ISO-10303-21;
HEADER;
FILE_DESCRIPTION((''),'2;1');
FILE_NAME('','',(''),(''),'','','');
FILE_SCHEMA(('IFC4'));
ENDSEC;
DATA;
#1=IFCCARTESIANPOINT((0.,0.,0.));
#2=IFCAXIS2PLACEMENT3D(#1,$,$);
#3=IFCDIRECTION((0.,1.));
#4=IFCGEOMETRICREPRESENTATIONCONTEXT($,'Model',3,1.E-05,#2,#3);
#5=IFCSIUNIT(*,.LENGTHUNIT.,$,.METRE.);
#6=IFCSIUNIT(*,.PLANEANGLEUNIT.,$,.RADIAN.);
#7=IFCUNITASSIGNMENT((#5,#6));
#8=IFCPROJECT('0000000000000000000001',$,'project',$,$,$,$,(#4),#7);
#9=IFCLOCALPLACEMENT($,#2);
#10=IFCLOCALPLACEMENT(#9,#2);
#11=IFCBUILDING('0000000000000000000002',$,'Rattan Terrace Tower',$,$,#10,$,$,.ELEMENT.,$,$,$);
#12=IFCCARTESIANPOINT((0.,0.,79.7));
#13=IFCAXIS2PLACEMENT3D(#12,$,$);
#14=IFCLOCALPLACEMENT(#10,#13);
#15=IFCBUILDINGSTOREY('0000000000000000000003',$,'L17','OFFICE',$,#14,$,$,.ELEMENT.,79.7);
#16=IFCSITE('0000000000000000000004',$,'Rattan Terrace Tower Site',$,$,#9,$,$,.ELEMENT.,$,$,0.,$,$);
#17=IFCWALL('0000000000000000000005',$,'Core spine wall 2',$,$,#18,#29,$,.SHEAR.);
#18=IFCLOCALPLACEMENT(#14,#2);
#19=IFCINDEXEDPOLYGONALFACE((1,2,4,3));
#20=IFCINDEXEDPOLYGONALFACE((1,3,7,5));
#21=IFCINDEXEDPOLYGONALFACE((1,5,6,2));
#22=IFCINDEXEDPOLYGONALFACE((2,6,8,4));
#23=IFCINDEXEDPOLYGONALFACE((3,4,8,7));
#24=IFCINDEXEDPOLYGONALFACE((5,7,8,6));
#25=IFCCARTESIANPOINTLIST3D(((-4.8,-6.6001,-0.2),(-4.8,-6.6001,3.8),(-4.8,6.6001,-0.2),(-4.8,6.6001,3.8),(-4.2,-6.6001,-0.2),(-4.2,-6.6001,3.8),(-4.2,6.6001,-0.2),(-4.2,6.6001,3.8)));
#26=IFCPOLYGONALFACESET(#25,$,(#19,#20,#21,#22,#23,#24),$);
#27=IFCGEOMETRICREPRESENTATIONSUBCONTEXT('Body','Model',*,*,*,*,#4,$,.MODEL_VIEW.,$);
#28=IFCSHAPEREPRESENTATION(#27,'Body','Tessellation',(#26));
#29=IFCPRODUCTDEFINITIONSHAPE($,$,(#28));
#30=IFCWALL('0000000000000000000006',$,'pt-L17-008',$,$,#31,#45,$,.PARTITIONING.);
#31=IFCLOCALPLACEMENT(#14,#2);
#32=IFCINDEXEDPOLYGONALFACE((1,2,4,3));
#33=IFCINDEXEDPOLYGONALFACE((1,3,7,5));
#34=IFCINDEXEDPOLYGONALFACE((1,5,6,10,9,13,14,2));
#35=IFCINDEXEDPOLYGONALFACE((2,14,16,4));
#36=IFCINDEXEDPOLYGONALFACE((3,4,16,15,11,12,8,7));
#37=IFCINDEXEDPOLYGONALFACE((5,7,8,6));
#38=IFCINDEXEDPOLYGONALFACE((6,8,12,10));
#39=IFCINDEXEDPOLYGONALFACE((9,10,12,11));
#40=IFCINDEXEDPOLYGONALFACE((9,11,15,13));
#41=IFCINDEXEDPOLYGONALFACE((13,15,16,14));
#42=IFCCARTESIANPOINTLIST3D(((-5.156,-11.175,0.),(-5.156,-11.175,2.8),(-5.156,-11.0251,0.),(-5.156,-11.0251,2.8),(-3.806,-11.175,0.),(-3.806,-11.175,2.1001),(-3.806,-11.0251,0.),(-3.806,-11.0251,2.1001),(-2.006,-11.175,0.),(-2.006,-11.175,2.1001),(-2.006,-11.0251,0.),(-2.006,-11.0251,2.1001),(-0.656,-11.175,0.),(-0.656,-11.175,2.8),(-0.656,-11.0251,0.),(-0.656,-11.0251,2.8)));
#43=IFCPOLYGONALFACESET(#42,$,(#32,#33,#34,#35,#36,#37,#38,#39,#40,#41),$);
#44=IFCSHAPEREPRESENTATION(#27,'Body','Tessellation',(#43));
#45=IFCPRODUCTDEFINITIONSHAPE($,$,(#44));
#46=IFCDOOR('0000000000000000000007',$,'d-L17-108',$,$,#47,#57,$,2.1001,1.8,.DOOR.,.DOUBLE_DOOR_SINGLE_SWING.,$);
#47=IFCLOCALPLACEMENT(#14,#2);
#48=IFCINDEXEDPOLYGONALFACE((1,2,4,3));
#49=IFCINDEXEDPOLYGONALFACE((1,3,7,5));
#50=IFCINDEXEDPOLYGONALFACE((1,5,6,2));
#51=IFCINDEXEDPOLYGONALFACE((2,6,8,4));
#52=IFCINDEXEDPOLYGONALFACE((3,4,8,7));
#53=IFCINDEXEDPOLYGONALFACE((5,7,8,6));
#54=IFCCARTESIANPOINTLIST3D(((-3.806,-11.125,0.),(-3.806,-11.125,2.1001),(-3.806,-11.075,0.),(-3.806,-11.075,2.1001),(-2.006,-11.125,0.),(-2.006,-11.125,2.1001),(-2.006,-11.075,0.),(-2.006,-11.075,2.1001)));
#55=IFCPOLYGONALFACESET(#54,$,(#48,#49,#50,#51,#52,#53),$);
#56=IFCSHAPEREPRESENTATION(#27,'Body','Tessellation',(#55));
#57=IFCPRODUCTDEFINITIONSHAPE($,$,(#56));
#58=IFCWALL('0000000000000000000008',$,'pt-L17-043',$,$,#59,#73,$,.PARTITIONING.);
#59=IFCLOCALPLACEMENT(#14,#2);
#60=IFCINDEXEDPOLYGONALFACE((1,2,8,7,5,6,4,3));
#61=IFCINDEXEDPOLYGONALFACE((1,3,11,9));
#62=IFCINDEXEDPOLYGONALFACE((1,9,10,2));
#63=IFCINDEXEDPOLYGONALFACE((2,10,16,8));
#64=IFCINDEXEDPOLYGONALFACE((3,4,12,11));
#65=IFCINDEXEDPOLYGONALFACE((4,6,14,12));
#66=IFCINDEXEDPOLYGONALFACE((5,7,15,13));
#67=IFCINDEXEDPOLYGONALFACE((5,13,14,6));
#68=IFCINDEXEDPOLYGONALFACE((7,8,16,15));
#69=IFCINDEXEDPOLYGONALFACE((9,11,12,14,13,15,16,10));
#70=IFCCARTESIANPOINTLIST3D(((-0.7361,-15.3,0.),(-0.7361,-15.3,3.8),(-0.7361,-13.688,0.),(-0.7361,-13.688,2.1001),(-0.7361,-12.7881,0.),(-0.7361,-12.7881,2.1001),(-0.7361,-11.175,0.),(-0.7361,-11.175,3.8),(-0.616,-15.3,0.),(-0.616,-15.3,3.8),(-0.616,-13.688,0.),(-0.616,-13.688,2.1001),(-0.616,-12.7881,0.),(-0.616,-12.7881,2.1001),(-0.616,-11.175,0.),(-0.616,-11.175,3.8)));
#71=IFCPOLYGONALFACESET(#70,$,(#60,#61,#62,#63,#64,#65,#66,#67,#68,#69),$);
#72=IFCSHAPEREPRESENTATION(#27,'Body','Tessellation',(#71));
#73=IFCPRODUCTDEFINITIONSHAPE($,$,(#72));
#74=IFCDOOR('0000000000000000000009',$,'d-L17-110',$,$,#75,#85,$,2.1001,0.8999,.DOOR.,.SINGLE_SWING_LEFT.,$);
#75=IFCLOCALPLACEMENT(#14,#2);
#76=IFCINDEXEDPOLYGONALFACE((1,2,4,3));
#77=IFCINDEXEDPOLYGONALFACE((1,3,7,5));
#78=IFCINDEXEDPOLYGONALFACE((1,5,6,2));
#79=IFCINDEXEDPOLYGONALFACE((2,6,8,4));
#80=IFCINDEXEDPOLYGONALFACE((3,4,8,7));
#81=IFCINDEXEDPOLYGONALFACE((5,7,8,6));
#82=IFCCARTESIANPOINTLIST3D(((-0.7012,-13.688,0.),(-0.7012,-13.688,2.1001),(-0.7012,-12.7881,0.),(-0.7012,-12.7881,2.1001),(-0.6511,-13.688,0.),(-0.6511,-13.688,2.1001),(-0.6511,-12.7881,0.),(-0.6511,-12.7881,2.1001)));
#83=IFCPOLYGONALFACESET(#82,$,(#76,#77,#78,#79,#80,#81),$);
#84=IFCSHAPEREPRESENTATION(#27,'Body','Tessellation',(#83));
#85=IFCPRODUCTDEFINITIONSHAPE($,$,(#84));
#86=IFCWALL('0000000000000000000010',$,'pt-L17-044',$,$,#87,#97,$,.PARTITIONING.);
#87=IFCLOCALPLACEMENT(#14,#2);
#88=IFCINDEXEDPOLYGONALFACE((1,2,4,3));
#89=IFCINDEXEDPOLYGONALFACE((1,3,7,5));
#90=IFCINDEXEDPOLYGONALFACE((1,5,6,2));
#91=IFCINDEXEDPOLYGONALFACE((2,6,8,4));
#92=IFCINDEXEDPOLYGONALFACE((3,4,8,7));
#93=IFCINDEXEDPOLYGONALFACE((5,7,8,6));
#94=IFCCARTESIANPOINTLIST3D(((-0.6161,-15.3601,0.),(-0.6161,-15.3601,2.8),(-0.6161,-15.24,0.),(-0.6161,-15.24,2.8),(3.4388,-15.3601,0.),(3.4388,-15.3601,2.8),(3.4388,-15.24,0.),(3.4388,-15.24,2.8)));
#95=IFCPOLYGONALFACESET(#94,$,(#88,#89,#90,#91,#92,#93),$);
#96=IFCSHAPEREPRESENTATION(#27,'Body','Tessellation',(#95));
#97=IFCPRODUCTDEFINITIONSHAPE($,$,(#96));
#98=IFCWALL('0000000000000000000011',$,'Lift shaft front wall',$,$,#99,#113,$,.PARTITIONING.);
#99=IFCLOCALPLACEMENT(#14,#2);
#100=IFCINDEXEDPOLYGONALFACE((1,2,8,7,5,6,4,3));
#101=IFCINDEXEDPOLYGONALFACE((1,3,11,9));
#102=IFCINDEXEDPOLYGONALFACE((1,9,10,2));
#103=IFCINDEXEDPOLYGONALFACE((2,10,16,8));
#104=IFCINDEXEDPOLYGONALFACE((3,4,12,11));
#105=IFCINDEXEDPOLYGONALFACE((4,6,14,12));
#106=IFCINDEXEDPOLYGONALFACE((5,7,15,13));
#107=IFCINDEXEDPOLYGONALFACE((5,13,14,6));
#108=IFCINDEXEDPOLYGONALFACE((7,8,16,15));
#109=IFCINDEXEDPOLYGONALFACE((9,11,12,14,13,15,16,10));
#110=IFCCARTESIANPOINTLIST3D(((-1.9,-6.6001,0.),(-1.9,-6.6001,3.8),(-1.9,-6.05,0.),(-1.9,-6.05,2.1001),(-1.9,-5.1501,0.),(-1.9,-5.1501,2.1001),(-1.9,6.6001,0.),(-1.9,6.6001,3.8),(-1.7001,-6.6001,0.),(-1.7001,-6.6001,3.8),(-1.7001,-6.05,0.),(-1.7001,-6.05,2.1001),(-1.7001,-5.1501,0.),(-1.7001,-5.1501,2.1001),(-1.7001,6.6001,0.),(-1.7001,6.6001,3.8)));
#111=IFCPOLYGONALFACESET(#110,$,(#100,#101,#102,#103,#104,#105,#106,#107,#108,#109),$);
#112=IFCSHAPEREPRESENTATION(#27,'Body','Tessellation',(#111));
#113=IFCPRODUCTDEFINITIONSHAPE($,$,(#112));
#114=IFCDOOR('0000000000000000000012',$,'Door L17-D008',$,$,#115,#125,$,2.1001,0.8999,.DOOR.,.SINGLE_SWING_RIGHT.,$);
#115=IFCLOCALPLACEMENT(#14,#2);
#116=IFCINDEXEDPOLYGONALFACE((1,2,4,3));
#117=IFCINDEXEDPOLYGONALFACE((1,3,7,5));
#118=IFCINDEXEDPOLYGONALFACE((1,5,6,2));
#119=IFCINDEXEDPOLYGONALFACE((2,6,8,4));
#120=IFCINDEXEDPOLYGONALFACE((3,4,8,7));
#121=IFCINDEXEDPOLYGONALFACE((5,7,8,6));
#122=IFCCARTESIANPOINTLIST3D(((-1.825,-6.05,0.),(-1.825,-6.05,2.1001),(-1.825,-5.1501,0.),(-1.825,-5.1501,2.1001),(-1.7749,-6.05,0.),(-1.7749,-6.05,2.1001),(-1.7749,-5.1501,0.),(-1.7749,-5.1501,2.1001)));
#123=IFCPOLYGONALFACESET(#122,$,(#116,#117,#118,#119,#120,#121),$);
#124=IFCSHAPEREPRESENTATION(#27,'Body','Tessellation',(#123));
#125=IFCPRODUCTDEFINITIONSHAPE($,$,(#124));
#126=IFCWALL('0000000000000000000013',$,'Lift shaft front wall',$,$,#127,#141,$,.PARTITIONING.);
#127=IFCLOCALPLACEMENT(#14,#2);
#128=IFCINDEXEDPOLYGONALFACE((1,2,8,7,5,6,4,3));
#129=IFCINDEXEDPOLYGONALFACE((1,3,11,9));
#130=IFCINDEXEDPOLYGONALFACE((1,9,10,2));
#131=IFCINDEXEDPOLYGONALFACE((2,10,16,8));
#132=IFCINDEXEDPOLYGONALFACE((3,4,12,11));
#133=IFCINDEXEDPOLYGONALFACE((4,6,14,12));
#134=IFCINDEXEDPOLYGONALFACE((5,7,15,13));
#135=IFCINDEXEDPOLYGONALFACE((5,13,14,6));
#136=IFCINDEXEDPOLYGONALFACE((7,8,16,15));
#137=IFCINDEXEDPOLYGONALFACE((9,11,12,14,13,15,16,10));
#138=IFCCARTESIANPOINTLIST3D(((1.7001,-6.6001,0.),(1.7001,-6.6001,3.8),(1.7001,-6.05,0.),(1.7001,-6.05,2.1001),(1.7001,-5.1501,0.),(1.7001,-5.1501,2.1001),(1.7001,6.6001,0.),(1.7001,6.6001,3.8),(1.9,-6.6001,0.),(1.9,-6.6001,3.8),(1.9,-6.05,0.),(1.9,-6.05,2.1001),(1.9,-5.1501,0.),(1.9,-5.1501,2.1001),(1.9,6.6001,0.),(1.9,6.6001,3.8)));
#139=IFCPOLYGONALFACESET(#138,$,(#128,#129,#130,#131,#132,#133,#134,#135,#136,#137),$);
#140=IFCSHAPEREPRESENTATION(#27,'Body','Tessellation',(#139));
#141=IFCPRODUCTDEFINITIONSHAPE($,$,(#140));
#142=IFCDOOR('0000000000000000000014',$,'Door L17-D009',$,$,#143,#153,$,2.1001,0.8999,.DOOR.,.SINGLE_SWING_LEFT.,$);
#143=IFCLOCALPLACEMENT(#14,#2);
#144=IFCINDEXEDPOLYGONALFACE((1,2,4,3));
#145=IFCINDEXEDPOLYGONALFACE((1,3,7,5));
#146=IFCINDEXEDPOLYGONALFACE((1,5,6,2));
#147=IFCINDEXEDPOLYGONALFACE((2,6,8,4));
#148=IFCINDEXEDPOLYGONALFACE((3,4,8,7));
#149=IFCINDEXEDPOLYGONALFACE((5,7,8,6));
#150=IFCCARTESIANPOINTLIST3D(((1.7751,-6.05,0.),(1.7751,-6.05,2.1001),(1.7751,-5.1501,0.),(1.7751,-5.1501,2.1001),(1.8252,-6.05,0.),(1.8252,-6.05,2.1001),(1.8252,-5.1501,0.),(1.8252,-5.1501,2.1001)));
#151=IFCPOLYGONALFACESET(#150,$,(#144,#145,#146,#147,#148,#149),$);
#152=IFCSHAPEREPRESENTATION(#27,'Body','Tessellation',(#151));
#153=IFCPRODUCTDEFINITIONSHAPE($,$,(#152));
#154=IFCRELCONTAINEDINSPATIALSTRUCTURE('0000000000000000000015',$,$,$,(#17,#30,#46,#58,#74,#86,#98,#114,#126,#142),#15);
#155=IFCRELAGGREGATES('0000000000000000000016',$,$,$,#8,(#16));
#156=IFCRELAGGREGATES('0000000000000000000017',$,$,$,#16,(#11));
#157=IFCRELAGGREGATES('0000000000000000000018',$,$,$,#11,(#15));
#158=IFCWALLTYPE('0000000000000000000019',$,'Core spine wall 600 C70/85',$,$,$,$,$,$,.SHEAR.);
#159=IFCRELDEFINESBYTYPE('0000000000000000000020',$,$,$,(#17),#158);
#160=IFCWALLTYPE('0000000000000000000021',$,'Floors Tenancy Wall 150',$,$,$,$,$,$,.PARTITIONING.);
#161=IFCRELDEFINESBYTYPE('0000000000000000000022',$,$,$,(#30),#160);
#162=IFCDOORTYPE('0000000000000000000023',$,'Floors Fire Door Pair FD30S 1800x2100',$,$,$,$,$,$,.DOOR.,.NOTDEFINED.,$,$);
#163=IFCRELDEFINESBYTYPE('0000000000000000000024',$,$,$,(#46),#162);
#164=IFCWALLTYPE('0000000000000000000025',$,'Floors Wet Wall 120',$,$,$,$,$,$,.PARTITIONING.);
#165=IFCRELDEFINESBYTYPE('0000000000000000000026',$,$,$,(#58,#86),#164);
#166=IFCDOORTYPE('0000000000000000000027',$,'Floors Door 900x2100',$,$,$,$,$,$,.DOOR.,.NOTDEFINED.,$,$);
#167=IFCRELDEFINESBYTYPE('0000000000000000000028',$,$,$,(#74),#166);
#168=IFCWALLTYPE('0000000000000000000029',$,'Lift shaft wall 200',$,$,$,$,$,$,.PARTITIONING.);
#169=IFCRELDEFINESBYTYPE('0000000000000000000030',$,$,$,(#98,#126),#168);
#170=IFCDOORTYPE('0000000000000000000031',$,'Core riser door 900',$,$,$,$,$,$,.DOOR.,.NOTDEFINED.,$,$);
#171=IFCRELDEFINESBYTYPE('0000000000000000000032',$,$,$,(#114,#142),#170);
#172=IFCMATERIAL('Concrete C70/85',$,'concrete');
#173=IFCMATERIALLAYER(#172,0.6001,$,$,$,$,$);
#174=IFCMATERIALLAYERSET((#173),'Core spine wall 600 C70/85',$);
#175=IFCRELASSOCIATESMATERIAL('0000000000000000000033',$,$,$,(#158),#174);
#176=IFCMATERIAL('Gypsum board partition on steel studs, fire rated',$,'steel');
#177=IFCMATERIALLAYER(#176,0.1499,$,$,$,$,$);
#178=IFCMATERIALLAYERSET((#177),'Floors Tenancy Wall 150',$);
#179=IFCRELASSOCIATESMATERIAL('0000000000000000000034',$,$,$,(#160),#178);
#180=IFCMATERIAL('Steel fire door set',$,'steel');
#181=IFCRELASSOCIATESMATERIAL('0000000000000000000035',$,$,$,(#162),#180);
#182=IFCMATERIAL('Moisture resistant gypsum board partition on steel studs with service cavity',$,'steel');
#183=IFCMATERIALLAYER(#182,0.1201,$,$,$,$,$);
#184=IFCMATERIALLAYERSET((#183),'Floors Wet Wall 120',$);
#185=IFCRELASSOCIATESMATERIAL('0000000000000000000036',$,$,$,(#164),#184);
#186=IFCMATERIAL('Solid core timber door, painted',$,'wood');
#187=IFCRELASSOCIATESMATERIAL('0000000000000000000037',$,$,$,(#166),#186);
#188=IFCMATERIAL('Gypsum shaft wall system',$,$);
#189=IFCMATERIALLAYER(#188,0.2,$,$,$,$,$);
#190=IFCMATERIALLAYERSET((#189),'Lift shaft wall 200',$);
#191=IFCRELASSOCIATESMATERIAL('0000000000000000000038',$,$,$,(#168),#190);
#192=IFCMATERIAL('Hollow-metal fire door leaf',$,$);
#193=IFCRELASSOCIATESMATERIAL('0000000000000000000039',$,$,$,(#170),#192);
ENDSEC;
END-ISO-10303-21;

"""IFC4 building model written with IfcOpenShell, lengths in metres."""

from ifc_helpers import new_model, si_unit, direction, frame, frame_2d, origin, place, context, subcontext, project, spatial, rectangle, extrude, material, layer, layer_set, type_object, element, fill, save


model = new_model("IFC4")

# Units and contexts
model_context = context("Model", 3, precision=1e-05, world=origin(), true_north=direction((0.0, 1.0)))
body_context = subcontext(model_context, "Body", "Model", "MODEL_VIEW")
ifc_project = project(units=[si_unit("LENGTHUNIT", "METRE"), si_unit("PLANEANGLEUNIT", "RADIAN")], contexts=[model_context])

# Site, building, storey
site_placement = place(None, origin())
site = spatial("IfcSite", under=ifc_project, at=site_placement, Name="Rattan Terrace Tower Site", CompositionType="ELEMENT", RefElevation=0.0)
building_placement = place(site_placement, origin())
building = spatial("IfcBuilding", under=site, at=building_placement, Name="Rattan Terrace Tower", CompositionType="ELEMENT")
storey_placement = place(building_placement, frame((0.0, 0.0, 79.7)))
storey = spatial("IfcBuildingStorey", under=building, at=storey_placement, Name="L17", Description="OFFICE", CompositionType="ELEMENT", Elevation=79.7)

# Wall
ifc_material_1 = material(Name="Concrete C70/85", Category="concrete")
ifc_layer_1 = layer(ifc_material_1, 0.6001)
ifc_layer_set_1 = layer_set([ifc_layer_1], Name="Core spine wall 600 C70/85")
wall_type_1 = type_object("IfcWallType", Name="Core spine wall 600 C70/85", PredefinedType="SHEAR", material=ifc_layer_set_1)
wall_1_placement = place(storey_placement, frame((-4.5, -6.6001, -0.2), z_axis=(0.0, 0.0, 1.0), x_axis=(0.0, 1.0, 0.0)))
element("IfcWall", 1, at=wall_1_placement, inside=storey, type_object=wall_type_1, Name="Core spine wall 2", PredefinedType="SHEAR", context=body_context, shape_type="SweptSolid", body=[
    extrude(rectangle(XDim=13.2002, YDim=0.6001, at=frame_2d((6.6001, 0.0))), origin(), (0.0, 0.0, 1.0), 4.0),
])

# Walls, openings, doors
ifc_material_2 = material(Name="Gypsum board partition on steel studs, fire rated", Category="steel")
ifc_layer_2 = layer(ifc_material_2, 0.1499)
ifc_layer_set_2 = layer_set([ifc_layer_2], Name="Floors Tenancy Wall 150")
wall_type_2 = type_object("IfcWallType", Name="Floors Tenancy Wall 150", PredefinedType="PARTITIONING", material=ifc_layer_set_2)
wall_2_placement = place(storey_placement, frame((-0.656, -11.1001, 0.0), z_axis=(0.0, 0.0, 1.0), x_axis=(-1.0, 0.0, 0.0)))
wall_2 = element("IfcWall", 2, at=wall_2_placement, inside=storey, type_object=wall_type_2, Name="pt-L17-008", PredefinedType="PARTITIONING", context=body_context, shape_type="SweptSolid", body=[
    extrude(rectangle(XDim=4.5, YDim=0.1499, at=frame_2d((2.25, 0.0))), origin(), (0.0, 0.0, 1.0), 2.8),
])
opening_1_placement = place(wall_2_placement, frame((1.3501, 0.0, 0.0)))
opening_1 = element("IfcOpeningElement", 3, at=opening_1_placement, cuts=wall_2, PredefinedType="OPENING", context=body_context, shape_type="SweptSolid", body=[
    extrude(rectangle(XDim=1.8, YDim=2.1001, at=frame_2d((0.8999, 1.05))), frame((0.0, 0.0854, 0.0), z_axis=(0.0, -1.0, 0.0), x_axis=(1.0, 0.0, 0.0)), (0.0, 0.0, 1.0), 0.1709),
])
ifc_material_3 = material(Name="Steel fire door set", Category="steel")
door_type_1 = type_object("IfcDoorType", Name="Floors Fire Door Pair FD30S 1800x2100", OperationType="NOTDEFINED", PredefinedType="DOOR", material=ifc_material_3)
door_1_placement = place(opening_1_placement, origin())
door_1 = element("IfcDoor", 4, at=door_1_placement, inside=storey, type_object=door_type_1, Name="d-L17-108", OperationType="DOUBLE_DOOR_SINGLE_SWING", OverallHeight=2.1001, OverallWidth=1.8, PredefinedType="DOOR", context=body_context, shape_type="SweptSolid", body=[
    extrude(rectangle(XDim=1.8, YDim=2.1001, at=frame_2d((0.8999, 1.05))), frame((0.0, 0.0249, 0.0), z_axis=(0.0, -1.0, 0.0), x_axis=(1.0, 0.0, 0.0)), (0.0, 0.0, 1.0), 0.05),
])
fill(opening_1, door_1)
ifc_material_4 = material(Name="Moisture resistant gypsum board partition on steel studs with service cavity", Category="steel")
ifc_layer_3 = layer(ifc_material_4, 0.1201)
ifc_layer_set_3 = layer_set([ifc_layer_3], Name="Floors Wet Wall 120")
wall_type_3 = type_object("IfcWallType", Name="Floors Wet Wall 120", PredefinedType="PARTITIONING", material=ifc_layer_set_3)
wall_3_placement = place(storey_placement, frame((-0.676, -11.175, 0.0), z_axis=(0.0, 0.0, 1.0), x_axis=(0.0, -1.0, 0.0)))
wall_3 = element("IfcWall", 5, at=wall_3_placement, inside=storey, type_object=wall_type_3, Name="pt-L17-043", PredefinedType="PARTITIONING", context=body_context, shape_type="SweptSolid", body=[
    extrude(rectangle(XDim=4.125, YDim=0.1201, at=frame_2d((2.0625, 0.0))), origin(), (0.0, 0.0, 1.0), 3.8),
])
opening_2_placement = place(wall_3_placement, frame((1.613, 0.0, 0.0)))
opening_2 = element("IfcOpeningElement", 6, at=opening_2_placement, cuts=wall_3, PredefinedType="OPENING", context=body_context, shape_type="SweptSolid", body=[
    extrude(rectangle(XDim=0.8999, YDim=2.1001, at=frame_2d((0.45, 1.05))), frame((0.0, 0.0706, 0.0), z_axis=(0.0, -1.0, 0.0), x_axis=(1.0, 0.0, 0.0)), (0.0, 0.0, 1.0), 0.1411),
])
ifc_material_5 = material(Name="Solid core timber door, painted", Category="wood")
door_type_2 = type_object("IfcDoorType", Name="Floors Door 900x2100", OperationType="NOTDEFINED", PredefinedType="DOOR", material=ifc_material_5)
door_2_placement = place(opening_2_placement, origin())
door_2 = element("IfcDoor", 7, at=door_2_placement, inside=storey, type_object=door_type_2, Name="d-L17-110", OperationType="SINGLE_SWING_LEFT", OverallHeight=2.1001, OverallWidth=0.8999, PredefinedType="DOOR", context=body_context, shape_type="SweptSolid", body=[
    extrude(rectangle(XDim=0.8999, YDim=2.1001, at=frame_2d((0.45, 1.05))), frame((0.0, 0.0249, 0.0), z_axis=(0.0, -1.0, 0.0), x_axis=(1.0, 0.0, 0.0)), (0.0, 0.0, 1.0), 0.05),
])
fill(opening_2, door_2)

# Wall
wall_4_placement = place(storey_placement, frame((-0.616, -15.3, 0.0), z_axis=(0.0, 0.0, 1.0), x_axis=(1.0, 0.0, 0.0)))
element("IfcWall", 8, at=wall_4_placement, inside=storey, type_object=wall_type_3, Name="pt-L17-044", PredefinedType="PARTITIONING", context=body_context, shape_type="SweptSolid", body=[
    extrude(rectangle(XDim=4.0549, YDim=0.1201, at=frame_2d((2.0273, 0.0))), origin(), (0.0, 0.0, 1.0), 2.8),
])

# Walls, openings, doors
ifc_material_6 = material(Name="Gypsum shaft wall system")
ifc_layer_4 = layer(ifc_material_6, 0.2)
ifc_layer_set_4 = layer_set([ifc_layer_4], Name="Lift shaft wall 200")
wall_type_4 = type_object("IfcWallType", Name="Lift shaft wall 200", PredefinedType="PARTITIONING", material=ifc_layer_set_4)
wall_5_placement = place(storey_placement, frame((-1.8, -6.6001, 0.0), z_axis=(0.0, 0.0, 1.0), x_axis=(0.0, 1.0, 0.0)))
wall_5 = element("IfcWall", 9, at=wall_5_placement, inside=storey, type_object=wall_type_4, Name="Lift shaft front wall", PredefinedType="PARTITIONING", context=body_context, shape_type="SweptSolid", body=[
    extrude(rectangle(XDim=13.2002, YDim=0.2, at=frame_2d((6.6001, 0.0))), origin(), (0.0, 0.0, 1.0), 3.8),
])
opening_3_placement = place(wall_5_placement, frame((0.55, 0.0, 0.0)))
opening_3 = element("IfcOpeningElement", 10, at=opening_3_placement, cuts=wall_5, PredefinedType="OPENING", context=body_context, shape_type="SweptSolid", body=[
    extrude(rectangle(XDim=0.8999, YDim=2.1001, at=frame_2d((0.45, 1.05))), frame((0.0, 0.1106, 0.0), z_axis=(0.0, -1.0, 0.0), x_axis=(1.0, 0.0, 0.0)), (0.0, 0.0, 1.0), 0.2209),
])
ifc_material_7 = material(Name="Hollow-metal fire door leaf")
door_type_3 = type_object("IfcDoorType", Name="Core riser door 900", OperationType="NOTDEFINED", PredefinedType="DOOR", material=ifc_material_7)
door_3_placement = place(opening_3_placement, origin())
door_3 = element("IfcDoor", 11, at=door_3_placement, inside=storey, type_object=door_type_3, Name="Door L17-D008", OperationType="SINGLE_SWING_RIGHT", OverallHeight=2.1001, OverallWidth=0.8999, PredefinedType="DOOR", context=body_context, shape_type="SweptSolid", body=[
    extrude(rectangle(XDim=0.8999, YDim=2.1001, at=frame_2d((0.45, 1.05))), frame((0.0, 0.0249, 0.0), z_axis=(0.0, -1.0, 0.0), x_axis=(1.0, 0.0, 0.0)), (0.0, 0.0, 1.0), 0.05),
])
fill(opening_3, door_3)
wall_6_placement = place(storey_placement, frame((1.8, -6.6001, 0.0), z_axis=(0.0, 0.0, 1.0), x_axis=(0.0, 1.0, 0.0)))
wall_6 = element("IfcWall", 12, at=wall_6_placement, inside=storey, type_object=wall_type_4, Name="Lift shaft front wall", PredefinedType="PARTITIONING", context=body_context, shape_type="SweptSolid", body=[
    extrude(rectangle(XDim=13.2002, YDim=0.2, at=frame_2d((6.6001, 0.0))), origin(), (0.0, 0.0, 1.0), 3.8),
])
opening_4_placement = place(wall_6_placement, frame((0.55, 0.0, 0.0)))
opening_4 = element("IfcOpeningElement", 13, at=opening_4_placement, cuts=wall_6, PredefinedType="OPENING", context=body_context, shape_type="SweptSolid", body=[
    extrude(rectangle(XDim=0.8999, YDim=2.1001, at=frame_2d((0.45, 1.05))), frame((0.0, 0.1106, 0.0), z_axis=(0.0, -1.0, 0.0), x_axis=(1.0, 0.0, 0.0)), (0.0, 0.0, 1.0), 0.2209),
])
door_4_placement = place(opening_4_placement, origin())
door_4 = element("IfcDoor", 14, at=door_4_placement, inside=storey, type_object=door_type_3, Name="Door L17-D009", OperationType="SINGLE_SWING_LEFT", OverallHeight=2.1001, OverallWidth=0.8999, PredefinedType="DOOR", context=body_context, shape_type="SweptSolid", body=[
    extrude(rectangle(XDim=0.8999, YDim=2.1001, at=frame_2d((0.45, 1.05))), frame((0.0, 0.0249, 0.0), z_axis=(0.0, -1.0, 0.0), x_axis=(1.0, 0.0, 0.0)), (0.0, 0.0, 1.0), 0.05),
])
fill(opening_4, door_4)

save(model, "model.ifc")
